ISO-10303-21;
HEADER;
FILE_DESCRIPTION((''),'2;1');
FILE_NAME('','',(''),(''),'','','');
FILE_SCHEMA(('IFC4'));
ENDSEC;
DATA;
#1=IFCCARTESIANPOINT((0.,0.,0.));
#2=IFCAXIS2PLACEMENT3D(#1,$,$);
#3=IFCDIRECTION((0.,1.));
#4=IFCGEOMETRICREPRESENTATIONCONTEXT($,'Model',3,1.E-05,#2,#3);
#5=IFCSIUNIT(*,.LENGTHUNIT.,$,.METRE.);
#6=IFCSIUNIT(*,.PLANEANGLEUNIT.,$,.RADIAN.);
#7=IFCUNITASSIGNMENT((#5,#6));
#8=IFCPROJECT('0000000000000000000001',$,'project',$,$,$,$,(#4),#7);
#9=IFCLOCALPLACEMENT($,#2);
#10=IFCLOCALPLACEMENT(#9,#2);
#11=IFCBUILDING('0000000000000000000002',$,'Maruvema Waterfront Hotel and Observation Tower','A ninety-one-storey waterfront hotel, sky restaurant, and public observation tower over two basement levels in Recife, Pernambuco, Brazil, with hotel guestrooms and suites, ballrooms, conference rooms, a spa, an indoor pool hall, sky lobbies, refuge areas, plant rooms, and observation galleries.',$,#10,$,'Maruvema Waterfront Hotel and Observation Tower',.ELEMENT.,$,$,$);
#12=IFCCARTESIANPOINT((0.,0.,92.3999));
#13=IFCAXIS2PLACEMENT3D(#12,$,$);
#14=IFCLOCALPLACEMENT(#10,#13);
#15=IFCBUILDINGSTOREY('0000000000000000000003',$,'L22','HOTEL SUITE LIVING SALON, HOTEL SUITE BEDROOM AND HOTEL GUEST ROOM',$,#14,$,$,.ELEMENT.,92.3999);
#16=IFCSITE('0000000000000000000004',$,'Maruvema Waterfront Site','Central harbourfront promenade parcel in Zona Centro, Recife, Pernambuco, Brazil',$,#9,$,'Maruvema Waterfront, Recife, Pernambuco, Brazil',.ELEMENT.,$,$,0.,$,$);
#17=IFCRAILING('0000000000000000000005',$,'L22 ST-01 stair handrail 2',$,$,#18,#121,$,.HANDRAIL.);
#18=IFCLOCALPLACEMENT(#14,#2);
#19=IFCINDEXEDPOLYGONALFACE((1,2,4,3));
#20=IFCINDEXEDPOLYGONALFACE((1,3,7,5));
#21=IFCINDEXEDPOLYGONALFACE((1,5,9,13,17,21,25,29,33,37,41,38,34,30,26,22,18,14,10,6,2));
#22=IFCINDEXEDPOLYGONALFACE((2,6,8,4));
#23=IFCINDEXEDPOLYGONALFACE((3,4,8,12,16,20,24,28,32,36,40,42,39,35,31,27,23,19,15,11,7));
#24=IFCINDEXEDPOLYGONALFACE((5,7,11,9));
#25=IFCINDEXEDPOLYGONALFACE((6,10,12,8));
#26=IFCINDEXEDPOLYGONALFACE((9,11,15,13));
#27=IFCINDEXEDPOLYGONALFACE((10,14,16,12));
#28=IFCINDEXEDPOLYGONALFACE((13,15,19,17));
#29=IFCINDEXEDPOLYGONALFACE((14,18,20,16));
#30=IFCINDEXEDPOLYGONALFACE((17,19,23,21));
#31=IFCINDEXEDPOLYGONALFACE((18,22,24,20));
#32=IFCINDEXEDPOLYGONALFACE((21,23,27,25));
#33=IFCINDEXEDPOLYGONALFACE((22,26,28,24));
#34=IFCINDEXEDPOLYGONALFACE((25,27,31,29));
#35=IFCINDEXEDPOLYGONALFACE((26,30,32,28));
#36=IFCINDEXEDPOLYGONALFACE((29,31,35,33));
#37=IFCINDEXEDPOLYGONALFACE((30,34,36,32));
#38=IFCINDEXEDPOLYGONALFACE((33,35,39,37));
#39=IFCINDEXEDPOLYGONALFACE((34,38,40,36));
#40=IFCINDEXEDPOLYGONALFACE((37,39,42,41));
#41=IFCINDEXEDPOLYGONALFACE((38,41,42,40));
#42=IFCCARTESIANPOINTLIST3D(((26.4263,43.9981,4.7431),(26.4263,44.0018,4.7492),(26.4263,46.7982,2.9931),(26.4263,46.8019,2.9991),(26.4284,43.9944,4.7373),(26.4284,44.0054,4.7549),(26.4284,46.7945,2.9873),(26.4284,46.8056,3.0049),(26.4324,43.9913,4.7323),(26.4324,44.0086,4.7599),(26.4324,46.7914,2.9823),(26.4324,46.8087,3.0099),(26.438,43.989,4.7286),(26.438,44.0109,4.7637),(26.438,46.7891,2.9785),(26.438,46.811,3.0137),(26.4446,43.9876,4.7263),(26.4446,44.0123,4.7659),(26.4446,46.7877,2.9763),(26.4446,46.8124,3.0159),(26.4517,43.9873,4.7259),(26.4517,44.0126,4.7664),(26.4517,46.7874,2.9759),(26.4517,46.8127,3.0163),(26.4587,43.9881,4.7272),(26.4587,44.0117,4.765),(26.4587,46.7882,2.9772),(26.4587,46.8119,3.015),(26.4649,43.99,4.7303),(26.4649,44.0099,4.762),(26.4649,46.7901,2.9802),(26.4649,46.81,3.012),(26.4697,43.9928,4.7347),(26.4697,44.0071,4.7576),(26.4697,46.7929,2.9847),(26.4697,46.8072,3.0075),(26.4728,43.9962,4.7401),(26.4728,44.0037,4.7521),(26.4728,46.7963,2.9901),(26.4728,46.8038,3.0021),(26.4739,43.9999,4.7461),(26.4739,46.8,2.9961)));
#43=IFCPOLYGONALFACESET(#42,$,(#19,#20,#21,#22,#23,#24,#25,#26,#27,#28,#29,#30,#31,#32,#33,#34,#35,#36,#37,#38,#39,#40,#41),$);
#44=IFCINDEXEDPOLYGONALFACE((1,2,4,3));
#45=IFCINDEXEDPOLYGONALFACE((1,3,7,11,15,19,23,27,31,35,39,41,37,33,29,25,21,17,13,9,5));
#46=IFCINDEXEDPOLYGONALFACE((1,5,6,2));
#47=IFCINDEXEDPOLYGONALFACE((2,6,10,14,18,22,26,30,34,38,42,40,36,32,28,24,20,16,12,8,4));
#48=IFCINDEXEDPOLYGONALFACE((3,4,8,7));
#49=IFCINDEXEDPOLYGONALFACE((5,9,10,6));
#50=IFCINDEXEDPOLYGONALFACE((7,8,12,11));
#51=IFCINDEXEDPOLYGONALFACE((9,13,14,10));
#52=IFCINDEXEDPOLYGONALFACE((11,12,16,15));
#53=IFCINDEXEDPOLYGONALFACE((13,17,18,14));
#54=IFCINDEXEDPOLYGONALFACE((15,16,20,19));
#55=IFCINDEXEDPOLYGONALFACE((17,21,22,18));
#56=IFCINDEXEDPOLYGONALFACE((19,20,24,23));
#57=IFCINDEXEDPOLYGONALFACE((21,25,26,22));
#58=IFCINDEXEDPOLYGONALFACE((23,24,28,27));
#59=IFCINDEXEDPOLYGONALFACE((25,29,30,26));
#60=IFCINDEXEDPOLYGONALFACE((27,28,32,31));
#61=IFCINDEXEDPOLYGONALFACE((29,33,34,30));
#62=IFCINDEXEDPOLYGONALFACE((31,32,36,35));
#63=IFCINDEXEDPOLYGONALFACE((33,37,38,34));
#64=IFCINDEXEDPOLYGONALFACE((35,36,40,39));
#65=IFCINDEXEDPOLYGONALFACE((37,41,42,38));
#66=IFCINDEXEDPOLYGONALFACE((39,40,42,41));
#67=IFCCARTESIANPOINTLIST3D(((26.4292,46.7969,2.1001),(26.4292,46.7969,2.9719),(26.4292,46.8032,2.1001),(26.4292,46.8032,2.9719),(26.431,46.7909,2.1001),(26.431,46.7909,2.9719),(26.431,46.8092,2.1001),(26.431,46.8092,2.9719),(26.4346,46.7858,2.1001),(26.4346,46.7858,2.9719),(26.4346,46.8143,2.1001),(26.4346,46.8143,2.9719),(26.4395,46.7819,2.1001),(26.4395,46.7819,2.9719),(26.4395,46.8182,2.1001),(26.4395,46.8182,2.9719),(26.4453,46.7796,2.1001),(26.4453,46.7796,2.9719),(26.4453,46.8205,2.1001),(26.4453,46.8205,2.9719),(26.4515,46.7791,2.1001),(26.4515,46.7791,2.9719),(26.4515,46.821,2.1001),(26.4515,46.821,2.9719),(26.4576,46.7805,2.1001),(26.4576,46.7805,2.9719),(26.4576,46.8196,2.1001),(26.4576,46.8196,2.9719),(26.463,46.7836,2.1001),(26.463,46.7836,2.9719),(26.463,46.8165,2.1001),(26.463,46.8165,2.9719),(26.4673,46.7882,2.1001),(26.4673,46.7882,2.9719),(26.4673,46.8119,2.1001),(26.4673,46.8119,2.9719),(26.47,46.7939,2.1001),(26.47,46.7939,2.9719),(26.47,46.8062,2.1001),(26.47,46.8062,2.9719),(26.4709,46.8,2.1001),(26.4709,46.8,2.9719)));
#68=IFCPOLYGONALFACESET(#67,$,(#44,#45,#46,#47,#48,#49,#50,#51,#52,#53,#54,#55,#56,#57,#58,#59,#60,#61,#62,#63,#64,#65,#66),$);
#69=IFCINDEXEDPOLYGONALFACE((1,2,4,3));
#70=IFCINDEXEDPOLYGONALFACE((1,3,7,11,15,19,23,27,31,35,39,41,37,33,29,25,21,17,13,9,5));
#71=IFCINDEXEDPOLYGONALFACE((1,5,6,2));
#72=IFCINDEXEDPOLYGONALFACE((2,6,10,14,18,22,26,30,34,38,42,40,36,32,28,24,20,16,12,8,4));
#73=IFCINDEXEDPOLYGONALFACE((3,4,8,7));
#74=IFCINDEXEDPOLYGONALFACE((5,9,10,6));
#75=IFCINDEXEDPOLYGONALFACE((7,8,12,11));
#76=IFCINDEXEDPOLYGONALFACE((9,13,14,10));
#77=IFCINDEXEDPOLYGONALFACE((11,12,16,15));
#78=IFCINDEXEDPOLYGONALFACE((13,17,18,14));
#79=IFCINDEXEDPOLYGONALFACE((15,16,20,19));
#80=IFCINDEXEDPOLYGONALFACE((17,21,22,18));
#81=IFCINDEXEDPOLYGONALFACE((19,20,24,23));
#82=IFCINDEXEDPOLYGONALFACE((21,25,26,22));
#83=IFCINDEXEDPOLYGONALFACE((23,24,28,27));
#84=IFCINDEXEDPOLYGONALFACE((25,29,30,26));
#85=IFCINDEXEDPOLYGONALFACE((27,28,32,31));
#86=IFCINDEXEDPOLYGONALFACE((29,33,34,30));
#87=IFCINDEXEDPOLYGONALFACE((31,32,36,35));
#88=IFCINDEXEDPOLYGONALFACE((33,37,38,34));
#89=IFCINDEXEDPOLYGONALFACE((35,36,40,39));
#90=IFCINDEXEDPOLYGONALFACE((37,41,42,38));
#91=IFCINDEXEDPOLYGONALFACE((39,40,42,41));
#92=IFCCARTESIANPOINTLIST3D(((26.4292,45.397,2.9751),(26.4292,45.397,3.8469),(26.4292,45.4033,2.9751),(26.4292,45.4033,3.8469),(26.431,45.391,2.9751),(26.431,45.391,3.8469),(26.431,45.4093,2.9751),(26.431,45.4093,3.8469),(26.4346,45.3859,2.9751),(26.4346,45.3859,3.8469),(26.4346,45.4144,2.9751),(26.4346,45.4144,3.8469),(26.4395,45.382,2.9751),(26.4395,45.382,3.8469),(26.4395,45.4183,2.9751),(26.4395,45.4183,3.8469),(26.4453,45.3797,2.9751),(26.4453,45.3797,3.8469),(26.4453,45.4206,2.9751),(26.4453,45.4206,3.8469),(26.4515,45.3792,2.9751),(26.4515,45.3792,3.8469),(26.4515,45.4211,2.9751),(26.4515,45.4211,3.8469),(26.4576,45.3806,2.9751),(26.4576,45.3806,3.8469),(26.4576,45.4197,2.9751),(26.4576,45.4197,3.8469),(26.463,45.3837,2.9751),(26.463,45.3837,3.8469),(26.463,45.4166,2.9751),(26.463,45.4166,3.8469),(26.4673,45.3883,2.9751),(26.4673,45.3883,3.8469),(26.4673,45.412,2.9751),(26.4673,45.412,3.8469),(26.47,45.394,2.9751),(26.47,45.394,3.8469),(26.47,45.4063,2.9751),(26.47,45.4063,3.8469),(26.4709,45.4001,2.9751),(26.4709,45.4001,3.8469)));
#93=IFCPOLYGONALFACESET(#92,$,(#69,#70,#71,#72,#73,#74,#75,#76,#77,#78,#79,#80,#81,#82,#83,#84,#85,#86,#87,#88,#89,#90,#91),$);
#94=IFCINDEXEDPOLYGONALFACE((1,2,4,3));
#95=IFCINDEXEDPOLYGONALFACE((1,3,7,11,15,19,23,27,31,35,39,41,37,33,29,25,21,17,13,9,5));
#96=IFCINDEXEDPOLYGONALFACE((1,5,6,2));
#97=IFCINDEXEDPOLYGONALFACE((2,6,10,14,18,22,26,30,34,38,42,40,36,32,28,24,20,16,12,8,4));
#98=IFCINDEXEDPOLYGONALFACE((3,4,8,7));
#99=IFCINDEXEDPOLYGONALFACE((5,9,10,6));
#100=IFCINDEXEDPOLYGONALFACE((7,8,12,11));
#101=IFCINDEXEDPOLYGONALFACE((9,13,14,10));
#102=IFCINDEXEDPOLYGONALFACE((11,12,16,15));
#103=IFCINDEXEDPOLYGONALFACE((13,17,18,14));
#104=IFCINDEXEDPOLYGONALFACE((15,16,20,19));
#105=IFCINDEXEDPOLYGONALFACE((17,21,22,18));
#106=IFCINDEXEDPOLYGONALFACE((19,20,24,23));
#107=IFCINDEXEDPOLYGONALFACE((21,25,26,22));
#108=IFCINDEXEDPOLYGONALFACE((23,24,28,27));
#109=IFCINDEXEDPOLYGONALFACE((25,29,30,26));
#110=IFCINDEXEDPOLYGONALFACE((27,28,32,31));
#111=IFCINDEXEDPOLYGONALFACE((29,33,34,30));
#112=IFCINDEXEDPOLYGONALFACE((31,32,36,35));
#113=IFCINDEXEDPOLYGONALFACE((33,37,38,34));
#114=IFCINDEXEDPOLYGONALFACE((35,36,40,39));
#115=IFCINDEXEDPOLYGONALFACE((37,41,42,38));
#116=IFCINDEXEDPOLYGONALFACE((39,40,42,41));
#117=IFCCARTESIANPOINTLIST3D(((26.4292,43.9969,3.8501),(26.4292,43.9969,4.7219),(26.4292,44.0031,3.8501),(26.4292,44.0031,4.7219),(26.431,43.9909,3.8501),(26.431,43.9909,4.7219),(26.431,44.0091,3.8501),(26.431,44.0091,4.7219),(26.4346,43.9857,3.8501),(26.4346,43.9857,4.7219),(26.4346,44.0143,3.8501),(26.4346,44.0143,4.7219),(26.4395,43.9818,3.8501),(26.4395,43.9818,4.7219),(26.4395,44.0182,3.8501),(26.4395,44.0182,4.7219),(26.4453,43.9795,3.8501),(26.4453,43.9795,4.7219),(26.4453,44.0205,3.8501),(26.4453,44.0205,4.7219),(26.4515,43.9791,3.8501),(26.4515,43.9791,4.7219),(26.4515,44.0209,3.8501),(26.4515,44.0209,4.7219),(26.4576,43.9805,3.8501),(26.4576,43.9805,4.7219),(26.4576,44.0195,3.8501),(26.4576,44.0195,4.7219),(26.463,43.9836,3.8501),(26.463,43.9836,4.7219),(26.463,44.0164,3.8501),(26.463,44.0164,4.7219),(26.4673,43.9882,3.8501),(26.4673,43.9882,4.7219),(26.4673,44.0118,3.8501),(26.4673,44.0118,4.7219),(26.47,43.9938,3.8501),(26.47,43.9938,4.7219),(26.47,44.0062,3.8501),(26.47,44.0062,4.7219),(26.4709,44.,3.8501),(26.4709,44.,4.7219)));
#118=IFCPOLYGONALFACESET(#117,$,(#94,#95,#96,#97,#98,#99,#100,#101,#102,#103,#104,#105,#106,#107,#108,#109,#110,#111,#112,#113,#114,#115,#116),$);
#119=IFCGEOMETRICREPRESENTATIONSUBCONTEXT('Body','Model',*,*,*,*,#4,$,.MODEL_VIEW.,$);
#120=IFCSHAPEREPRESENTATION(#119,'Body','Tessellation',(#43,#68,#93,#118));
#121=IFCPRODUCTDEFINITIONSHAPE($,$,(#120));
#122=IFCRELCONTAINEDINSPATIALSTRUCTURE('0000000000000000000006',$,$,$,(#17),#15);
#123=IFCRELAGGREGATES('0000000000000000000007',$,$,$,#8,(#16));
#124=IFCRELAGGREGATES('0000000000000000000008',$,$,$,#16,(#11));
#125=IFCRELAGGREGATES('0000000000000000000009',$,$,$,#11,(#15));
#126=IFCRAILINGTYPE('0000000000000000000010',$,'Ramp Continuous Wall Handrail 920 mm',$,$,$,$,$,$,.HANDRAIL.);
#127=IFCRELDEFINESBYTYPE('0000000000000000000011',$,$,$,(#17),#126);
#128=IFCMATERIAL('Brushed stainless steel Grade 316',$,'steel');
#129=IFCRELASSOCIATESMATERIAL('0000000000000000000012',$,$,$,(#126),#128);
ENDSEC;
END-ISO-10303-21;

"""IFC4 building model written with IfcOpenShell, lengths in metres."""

from ifc_helpers import new_model, si_unit, direction, frame, origin, origin_2d, place, context, subcontext, project, spatial, circle, extrude, material, type_object, element, save


model = new_model("IFC4")

# Units and contexts
model_context = context("Model", 3, precision=1e-05, world=origin(), true_north=direction((0.0, 1.0)))
body_context = subcontext(model_context, "Body", "Model", "MODEL_VIEW")
ifc_project = project(units=[si_unit("LENGTHUNIT", "METRE"), si_unit("PLANEANGLEUNIT", "RADIAN")], contexts=[model_context])

# Site, building, storey
site_placement = place(None, origin())
site = spatial("IfcSite", under=ifc_project, at=site_placement, Name="Maruvema Waterfront Site", Description="Central harbourfront promenade parcel in Zona Centro, Recife, Pernambuco, Brazil", LongName="Maruvema Waterfront, Recife, Pernambuco, Brazil", CompositionType="ELEMENT", RefElevation=0.0)
building_placement = place(site_placement, origin())
building = spatial("IfcBuilding", under=site, at=building_placement, Name="Maruvema Waterfront Hotel and Observation Tower", Description="A ninety-one-storey waterfront hotel, sky restaurant, and public observation tower over two basement levels in Recife, Pernambuco, Brazil, with hotel guestrooms and suites, ballrooms, conference rooms, a spa, an indoor pool hall, sky lobbies, refuge areas, plant rooms, and observation galleries.", LongName="Maruvema Waterfront Hotel and Observation Tower", CompositionType="ELEMENT")
storey_placement = place(building_placement, frame((0.0, 0.0, 92.3999)))
storey = spatial("IfcBuildingStorey", under=building, at=storey_placement, Name="L22", Description="HOTEL SUITE LIVING SALON, HOTEL SUITE BEDROOM AND HOTEL GUEST ROOM", CompositionType="ELEMENT", Elevation=92.3999)

# Railing
ifc_material_1 = material(Name="Brushed stainless steel Grade 316", Category="steel")
railing_type_1 = type_object("IfcRailingType", Name="Ramp Continuous Wall Handrail 920 mm", PredefinedType="HANDRAIL", material=ifc_material_1)
railing_1_placement = place(storey_placement, frame((26.45, 46.8, 2.1001)))
element("IfcRailing", 1, at=railing_1_placement, inside=storey, type_object=railing_type_1, Name="L22 ST-01 stair handrail 2", PredefinedType="HANDRAIL", context=body_context, shape_type="SweptSolid", body=[
    extrude(circle(Radius=0.0239, at=origin_2d()), frame((0.0, 0.0, 0.896), z_axis=(0.0, -0.848002, 0.529992), x_axis=(1.0, 0.0, 0.0)), (0.0, 0.0, 1.0), 3.302),
    extrude(circle(Radius=0.021, at=origin_2d()), origin(), (0.0, 0.0, 1.0), 0.8718),
    extrude(circle(Radius=0.021, at=origin_2d()), frame((0.0, -1.3999, 0.875)), (0.0, 0.0, 1.0), 0.8718),
    extrude(circle(Radius=0.021, at=origin_2d()), frame((0.0, -2.8, 1.75)), (0.0, 0.0, 1.0), 0.8718),
])

save(model, "model.ifc")
